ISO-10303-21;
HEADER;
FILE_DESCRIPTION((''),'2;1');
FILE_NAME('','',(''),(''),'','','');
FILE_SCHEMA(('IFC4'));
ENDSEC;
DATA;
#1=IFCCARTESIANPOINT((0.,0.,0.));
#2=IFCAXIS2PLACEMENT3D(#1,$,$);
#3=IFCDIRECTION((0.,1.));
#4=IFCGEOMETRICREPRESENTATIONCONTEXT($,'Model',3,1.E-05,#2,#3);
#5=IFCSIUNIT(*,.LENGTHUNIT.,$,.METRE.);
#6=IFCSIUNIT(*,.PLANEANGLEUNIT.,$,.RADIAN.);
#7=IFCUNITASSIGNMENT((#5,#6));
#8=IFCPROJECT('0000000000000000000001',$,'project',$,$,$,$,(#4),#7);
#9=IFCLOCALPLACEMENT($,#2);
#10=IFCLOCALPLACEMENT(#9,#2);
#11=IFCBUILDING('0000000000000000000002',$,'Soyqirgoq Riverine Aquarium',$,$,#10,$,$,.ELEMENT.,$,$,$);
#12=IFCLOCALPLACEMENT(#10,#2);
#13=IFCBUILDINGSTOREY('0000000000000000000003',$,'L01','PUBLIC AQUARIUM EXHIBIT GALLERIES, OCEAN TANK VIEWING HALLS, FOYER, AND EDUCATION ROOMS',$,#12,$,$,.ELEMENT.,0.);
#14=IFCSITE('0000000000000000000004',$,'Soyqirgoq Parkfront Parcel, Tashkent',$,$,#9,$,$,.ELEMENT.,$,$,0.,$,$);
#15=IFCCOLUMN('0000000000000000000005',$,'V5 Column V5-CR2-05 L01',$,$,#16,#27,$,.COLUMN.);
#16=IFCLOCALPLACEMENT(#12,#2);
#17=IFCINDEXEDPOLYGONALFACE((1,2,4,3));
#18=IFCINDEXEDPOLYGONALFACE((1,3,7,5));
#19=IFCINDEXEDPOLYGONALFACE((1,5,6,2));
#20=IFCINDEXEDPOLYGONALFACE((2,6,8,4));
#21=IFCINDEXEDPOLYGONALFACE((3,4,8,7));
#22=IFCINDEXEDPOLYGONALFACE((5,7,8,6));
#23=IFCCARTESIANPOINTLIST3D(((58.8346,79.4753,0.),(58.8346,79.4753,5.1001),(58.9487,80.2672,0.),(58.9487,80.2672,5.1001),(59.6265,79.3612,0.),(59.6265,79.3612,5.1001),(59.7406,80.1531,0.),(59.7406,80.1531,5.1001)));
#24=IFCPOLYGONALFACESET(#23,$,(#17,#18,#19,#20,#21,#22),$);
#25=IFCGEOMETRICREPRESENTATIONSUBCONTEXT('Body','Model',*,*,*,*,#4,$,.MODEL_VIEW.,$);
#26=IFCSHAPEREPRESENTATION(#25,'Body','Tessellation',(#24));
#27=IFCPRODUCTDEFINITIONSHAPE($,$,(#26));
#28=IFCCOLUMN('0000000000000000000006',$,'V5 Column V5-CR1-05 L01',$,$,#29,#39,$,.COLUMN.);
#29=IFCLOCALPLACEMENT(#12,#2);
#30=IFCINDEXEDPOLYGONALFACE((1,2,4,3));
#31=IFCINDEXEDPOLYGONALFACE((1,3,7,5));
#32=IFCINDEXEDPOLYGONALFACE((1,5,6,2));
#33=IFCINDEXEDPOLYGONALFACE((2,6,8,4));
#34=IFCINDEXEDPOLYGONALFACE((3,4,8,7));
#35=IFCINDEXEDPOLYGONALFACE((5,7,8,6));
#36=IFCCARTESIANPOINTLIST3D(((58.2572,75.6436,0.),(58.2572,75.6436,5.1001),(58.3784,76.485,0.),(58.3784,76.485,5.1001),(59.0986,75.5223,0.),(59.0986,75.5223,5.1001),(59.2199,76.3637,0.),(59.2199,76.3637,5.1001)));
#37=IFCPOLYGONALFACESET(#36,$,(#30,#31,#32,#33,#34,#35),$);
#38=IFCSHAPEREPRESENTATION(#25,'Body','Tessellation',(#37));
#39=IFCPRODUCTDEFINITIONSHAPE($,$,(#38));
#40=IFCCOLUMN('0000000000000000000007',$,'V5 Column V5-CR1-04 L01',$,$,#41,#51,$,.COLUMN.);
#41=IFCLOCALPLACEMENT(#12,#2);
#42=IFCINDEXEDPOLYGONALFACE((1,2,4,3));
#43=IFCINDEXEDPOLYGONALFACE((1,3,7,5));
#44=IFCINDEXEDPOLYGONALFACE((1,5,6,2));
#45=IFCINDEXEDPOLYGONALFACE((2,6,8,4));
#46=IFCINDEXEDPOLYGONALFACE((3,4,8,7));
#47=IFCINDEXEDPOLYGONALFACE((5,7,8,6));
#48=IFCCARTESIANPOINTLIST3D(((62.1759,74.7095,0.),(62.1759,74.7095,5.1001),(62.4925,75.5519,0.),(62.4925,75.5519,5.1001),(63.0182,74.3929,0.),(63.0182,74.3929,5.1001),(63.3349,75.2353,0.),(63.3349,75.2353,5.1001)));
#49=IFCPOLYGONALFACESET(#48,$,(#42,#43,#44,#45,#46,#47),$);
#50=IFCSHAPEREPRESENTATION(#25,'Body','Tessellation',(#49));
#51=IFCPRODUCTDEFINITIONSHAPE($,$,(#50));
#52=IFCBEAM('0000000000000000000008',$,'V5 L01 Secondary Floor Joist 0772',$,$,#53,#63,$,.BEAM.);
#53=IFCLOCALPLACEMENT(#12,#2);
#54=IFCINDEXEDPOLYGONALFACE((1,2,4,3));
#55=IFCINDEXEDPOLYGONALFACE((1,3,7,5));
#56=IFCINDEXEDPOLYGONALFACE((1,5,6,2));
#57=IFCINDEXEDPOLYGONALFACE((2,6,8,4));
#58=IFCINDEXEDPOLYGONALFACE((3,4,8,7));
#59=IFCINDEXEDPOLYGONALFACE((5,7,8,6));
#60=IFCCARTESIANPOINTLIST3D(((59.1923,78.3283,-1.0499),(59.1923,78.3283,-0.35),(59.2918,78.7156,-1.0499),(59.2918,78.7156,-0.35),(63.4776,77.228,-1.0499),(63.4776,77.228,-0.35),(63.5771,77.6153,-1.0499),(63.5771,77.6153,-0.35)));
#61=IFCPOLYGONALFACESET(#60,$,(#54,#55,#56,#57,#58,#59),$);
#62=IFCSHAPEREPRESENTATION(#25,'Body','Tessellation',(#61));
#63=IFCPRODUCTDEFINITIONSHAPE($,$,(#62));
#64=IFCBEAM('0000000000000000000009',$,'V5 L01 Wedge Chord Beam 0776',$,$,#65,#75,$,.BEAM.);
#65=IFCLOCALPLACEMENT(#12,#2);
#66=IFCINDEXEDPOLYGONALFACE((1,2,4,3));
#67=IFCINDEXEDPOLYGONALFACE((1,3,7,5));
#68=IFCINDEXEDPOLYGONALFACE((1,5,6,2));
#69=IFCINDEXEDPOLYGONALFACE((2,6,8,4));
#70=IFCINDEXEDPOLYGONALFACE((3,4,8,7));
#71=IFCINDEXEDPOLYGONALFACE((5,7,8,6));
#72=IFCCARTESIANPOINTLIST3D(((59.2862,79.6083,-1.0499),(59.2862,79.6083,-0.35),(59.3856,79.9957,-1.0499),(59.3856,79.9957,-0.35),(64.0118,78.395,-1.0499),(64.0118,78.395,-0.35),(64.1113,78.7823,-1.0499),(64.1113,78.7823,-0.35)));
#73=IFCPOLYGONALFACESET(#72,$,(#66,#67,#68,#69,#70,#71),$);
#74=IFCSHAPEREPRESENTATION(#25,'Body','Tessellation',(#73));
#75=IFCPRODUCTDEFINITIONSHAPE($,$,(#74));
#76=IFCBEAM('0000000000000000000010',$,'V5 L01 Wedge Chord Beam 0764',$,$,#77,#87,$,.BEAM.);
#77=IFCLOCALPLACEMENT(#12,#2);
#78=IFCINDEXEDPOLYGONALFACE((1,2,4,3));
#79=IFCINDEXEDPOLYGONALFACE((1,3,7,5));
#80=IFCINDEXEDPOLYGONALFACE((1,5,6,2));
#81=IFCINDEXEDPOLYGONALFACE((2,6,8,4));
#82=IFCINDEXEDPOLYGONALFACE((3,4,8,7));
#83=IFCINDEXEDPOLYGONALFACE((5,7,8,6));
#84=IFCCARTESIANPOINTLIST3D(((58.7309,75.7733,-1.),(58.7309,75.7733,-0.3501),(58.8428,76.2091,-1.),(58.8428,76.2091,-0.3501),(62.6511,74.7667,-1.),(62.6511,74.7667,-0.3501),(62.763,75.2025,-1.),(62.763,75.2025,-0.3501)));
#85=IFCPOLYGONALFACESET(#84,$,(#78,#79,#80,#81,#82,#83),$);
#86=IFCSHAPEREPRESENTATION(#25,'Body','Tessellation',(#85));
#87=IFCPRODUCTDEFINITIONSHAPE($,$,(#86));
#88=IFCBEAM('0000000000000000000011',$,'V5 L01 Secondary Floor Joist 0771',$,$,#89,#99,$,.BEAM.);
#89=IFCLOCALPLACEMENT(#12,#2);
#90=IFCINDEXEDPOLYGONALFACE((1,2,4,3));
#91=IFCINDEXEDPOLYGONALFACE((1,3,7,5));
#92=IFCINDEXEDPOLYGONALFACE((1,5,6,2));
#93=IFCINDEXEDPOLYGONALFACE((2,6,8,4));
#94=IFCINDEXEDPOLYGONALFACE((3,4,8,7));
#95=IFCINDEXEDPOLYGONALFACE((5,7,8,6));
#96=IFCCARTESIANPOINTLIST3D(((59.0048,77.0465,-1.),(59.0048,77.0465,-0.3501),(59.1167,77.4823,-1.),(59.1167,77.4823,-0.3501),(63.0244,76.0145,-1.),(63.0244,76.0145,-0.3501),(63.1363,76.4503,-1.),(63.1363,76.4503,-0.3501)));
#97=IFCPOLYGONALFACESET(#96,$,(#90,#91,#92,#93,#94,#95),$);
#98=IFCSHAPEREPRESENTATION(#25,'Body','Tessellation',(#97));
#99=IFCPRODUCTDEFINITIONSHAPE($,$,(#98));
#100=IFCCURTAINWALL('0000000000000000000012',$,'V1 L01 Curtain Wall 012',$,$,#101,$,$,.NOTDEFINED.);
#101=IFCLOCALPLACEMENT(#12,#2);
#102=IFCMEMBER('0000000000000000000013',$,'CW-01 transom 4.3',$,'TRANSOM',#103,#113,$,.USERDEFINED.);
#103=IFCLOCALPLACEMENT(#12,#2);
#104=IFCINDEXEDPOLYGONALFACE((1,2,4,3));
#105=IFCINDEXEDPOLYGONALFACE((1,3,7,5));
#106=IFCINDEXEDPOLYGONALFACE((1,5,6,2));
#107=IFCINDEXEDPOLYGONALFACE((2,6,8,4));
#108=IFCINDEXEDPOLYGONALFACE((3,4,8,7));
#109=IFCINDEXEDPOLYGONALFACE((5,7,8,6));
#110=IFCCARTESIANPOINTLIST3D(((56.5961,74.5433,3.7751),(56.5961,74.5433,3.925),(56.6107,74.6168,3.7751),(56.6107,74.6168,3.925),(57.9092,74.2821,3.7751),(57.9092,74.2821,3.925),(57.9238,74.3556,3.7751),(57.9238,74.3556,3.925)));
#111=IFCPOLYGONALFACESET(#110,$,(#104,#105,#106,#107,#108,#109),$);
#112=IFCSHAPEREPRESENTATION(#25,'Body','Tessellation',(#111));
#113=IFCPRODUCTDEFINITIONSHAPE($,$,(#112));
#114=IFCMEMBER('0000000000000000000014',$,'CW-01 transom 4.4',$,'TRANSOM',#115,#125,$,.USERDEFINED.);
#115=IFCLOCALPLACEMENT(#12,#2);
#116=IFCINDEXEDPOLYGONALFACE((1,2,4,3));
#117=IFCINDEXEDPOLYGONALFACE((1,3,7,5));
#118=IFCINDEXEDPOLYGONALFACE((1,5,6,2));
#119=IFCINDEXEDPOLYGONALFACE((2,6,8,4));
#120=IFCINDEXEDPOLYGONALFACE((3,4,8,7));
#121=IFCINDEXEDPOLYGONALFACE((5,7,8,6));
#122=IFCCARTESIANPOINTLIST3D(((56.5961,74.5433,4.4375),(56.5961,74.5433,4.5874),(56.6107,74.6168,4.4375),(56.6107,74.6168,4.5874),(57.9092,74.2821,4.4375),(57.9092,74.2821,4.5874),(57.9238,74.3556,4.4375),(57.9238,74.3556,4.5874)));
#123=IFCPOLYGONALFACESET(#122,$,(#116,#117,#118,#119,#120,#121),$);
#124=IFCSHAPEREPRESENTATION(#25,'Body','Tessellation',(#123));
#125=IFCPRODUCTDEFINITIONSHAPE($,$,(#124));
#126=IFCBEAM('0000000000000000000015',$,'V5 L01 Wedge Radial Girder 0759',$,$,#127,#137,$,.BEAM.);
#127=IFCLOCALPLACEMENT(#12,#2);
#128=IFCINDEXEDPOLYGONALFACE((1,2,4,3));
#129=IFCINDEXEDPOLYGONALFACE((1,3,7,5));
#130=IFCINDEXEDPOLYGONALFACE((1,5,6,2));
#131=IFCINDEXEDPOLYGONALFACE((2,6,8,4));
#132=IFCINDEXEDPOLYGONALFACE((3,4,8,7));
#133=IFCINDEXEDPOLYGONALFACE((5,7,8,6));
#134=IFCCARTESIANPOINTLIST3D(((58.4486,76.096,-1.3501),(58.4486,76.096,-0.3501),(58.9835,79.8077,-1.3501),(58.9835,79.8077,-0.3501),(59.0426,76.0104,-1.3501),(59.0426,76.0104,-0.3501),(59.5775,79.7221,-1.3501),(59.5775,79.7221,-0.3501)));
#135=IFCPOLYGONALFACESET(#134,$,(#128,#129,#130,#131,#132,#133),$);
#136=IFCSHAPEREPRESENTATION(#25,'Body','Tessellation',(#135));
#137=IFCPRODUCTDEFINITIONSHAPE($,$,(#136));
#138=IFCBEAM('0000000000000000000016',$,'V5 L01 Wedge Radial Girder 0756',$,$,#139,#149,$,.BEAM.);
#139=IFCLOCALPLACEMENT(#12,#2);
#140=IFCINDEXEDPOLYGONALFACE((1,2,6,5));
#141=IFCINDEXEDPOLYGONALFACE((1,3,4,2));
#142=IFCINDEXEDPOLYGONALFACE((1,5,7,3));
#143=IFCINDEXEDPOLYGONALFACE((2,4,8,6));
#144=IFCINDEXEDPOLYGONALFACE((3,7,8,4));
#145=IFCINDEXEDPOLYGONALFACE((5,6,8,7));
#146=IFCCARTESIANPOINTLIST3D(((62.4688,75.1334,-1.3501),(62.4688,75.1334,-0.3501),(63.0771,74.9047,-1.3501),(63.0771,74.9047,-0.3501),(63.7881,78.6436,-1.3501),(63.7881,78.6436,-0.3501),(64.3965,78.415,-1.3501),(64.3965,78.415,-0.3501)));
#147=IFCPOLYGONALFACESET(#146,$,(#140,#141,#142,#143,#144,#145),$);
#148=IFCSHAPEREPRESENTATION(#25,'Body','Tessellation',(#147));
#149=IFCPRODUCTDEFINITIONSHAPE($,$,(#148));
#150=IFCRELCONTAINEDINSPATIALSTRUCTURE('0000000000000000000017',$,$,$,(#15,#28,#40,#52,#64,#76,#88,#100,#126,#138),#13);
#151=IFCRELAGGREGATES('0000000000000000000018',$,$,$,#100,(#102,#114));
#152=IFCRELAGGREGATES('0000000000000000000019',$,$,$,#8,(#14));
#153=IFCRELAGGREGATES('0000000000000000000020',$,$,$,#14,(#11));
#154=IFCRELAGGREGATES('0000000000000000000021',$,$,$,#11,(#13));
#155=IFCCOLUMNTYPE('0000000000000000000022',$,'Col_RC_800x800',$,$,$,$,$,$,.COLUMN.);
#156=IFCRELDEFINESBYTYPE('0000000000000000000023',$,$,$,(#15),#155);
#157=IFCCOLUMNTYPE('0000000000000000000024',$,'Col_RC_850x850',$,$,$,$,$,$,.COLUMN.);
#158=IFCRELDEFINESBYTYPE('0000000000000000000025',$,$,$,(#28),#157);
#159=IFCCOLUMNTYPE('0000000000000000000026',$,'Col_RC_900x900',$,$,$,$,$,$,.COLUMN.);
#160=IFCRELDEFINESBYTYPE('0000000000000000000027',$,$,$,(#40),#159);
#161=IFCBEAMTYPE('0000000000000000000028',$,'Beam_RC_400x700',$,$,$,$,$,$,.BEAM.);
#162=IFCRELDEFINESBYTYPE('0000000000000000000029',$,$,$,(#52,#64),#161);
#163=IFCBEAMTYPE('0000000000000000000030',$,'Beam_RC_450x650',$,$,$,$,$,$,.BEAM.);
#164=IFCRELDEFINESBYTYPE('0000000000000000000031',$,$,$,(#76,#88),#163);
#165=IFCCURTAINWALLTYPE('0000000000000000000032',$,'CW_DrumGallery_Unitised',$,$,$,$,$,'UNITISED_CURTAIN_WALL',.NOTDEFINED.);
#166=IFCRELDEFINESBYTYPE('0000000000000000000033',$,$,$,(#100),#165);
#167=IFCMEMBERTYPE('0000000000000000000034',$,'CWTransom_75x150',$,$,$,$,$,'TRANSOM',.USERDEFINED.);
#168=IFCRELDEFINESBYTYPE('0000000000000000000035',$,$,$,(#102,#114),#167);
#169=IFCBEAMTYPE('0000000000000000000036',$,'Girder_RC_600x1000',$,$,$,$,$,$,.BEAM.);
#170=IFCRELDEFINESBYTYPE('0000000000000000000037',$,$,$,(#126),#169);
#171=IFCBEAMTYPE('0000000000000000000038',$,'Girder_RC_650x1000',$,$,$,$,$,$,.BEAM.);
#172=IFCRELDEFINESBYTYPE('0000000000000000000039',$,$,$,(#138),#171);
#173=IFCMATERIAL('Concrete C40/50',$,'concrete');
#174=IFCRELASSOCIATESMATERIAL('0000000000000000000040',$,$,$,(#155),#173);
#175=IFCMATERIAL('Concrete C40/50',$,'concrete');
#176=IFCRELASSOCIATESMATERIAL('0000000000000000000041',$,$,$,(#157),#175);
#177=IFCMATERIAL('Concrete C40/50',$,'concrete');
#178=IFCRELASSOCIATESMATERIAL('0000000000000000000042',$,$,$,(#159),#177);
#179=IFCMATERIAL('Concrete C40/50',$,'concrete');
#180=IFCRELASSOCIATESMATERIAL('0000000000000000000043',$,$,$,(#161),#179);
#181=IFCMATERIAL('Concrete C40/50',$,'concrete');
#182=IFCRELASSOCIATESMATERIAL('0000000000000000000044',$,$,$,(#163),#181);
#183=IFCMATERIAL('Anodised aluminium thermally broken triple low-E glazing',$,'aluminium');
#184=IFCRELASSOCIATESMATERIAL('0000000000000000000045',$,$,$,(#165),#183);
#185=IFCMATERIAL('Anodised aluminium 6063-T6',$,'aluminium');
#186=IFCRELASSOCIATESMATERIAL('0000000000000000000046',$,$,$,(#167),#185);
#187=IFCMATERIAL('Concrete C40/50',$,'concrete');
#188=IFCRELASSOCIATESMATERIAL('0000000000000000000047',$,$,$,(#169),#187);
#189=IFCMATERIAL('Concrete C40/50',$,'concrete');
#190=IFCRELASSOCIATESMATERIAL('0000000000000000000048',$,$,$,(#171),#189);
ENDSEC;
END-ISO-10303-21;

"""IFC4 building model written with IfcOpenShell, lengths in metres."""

from ifc_helpers import new_model, si_unit, direction, frame, origin, origin_2d, place, context, subcontext, project, spatial, rectangle, extrude, material, material_profile, profile_set, type_object, element, aggregate, save


model = new_model("IFC4")

# Units and contexts
model_context = context("Model", 3, precision=1e-05, world=origin(), true_north=direction((0.0, 1.0)))
body_context = subcontext(model_context, "Body", "Model", "MODEL_VIEW")
ifc_project = project(units=[si_unit("LENGTHUNIT", "METRE"), si_unit("PLANEANGLEUNIT", "RADIAN")], contexts=[model_context])

# Site, building, storey
site_placement = place(None, origin())
site = spatial("IfcSite", under=ifc_project, at=site_placement, Name="Soyqirgoq Parkfront Parcel, Tashkent", CompositionType="ELEMENT", RefElevation=0.0)
building_placement = place(site_placement, origin())
building = spatial("IfcBuilding", under=site, at=building_placement, Name="Soyqirgoq Riverine Aquarium", CompositionType="ELEMENT")
storey_placement = place(building_placement, origin())
storey = spatial("IfcBuildingStorey", under=building, at=storey_placement, Name="L01", Description="PUBLIC AQUARIUM EXHIBIT GALLERIES, OCEAN TANK VIEWING HALLS, FOYER, AND EDUCATION ROOMS", CompositionType="ELEMENT", Elevation=0.0)

# Columns
ifc_material_1 = material(Name="Concrete C40/50", Category="concrete")
ifc_material_profile_1 = material_profile(ifc_material_1, rectangle(XDim=0.8, YDim=0.8, at=origin_2d()), Name="RC 800x800")
ifc_profile_set_1 = profile_set([ifc_material_profile_1], Name="Concrete C40/50")
column_type_1 = type_object("IfcColumnType", Name="Col_RC_800x800", PredefinedType="COLUMN", material=ifc_profile_set_1)
column_1_placement = place(storey_placement, frame((59.2876, 79.8142, 0.0), z_axis=(0.0, 0.0, 1.0), x_axis=(0.142629, 0.989776, 0.0)))
element("IfcColumn", 1, at=column_1_placement, inside=storey, type_object=column_type_1, Name="V5 Column V5-CR2-05 L01", PredefinedType="COLUMN", context=body_context, shape_type="SweptSolid", body=[
    extrude(rectangle(XDim=0.8, YDim=0.8, at=origin_2d()), origin(), (0.0, 0.0, 1.0), 5.1001),
])
ifc_material_2 = material(Name="Concrete C40/50", Category="concrete")
ifc_material_profile_2 = material_profile(ifc_material_2, rectangle(XDim=0.8501, YDim=0.8501, at=origin_2d()), Name="RC 850x850")
ifc_profile_set_2 = profile_set([ifc_material_profile_2], Name="Concrete C40/50")
column_type_2 = type_object("IfcColumnType", Name="Col_RC_850x850", PredefinedType="COLUMN", material=ifc_profile_set_2)
column_2_placement = place(storey_placement, frame((58.7385, 76.0037, 0.0), z_axis=(0.0, 0.0, 1.0), x_axis=(0.142629, 0.989776, 0.0)))
element("IfcColumn", 2, at=column_2_placement, inside=storey, type_object=column_type_2, Name="V5 Column V5-CR1-05 L01", PredefinedType="COLUMN", context=body_context, shape_type="SweptSolid", body=[
    extrude(rectangle(XDim=0.8501, YDim=0.8501, at=origin_2d()), origin(), (0.0, 0.0, 1.0), 5.1001),
])
ifc_material_3 = material(Name="Concrete C40/50", Category="concrete")
ifc_material_profile_3 = material_profile(ifc_material_3, rectangle(XDim=0.8999, YDim=0.8999, at=origin_2d()), Name="RC 900x900")
ifc_profile_set_3 = profile_set([ifc_material_profile_3], Name="Concrete C40/50")
column_type_3 = type_object("IfcColumnType", Name="Col_RC_900x900", PredefinedType="COLUMN", material=ifc_profile_set_3)
column_3_placement = place(storey_placement, frame((62.7554, 74.9724, 0.0), z_axis=(0.0, 0.0, 1.0), x_axis=(0.351842, 0.93606, 0.0)))
element("IfcColumn", 3, at=column_3_placement, inside=storey, type_object=column_type_3, Name="V5 Column V5-CR1-04 L01", PredefinedType="COLUMN", context=body_context, shape_type="SweptSolid", body=[
    extrude(rectangle(XDim=0.8999, YDim=0.8999, at=origin_2d()), origin(), (0.0, 0.0, 1.0), 5.1001),
])

# Beams
ifc_material_4 = material(Name="Concrete C40/50", Category="concrete")
ifc_material_profile_4 = material_profile(ifc_material_4, rectangle(XDim=0.3999, YDim=0.7, at=origin_2d()), Name="RC 400x700")
ifc_profile_set_4 = profile_set([ifc_material_profile_4], Name="Concrete C40/50")
beam_type_1 = type_object("IfcBeamType", Name="Beam_RC_400x700", PredefinedType="BEAM", material=ifc_profile_set_4)
beam_1_placement = place(storey_placement, frame((63.5273, 77.4216, -0.7), z_axis=(-0.968581, 0.248698, 0.0), x_axis=(-0.248698, -0.968581, 0.0)))
element("IfcBeam", 4, at=beam_1_placement, inside=storey, type_object=beam_type_1, Name="V5 L01 Secondary Floor Joist 0772", PredefinedType="BEAM", context=body_context, shape_type="SweptSolid", body=[
    extrude(rectangle(XDim=0.3999, YDim=0.7, at=origin_2d()), origin(), (0.0, 0.0, 1.0), 4.4243),
])
beam_2_placement = place(storey_placement, frame((64.0615, 78.5886, -0.7), z_axis=(-0.96858, 0.2487, 0.0), x_axis=(-0.2487, -0.96858, 0.0)))
element("IfcBeam", 5, at=beam_2_placement, inside=storey, type_object=beam_type_1, Name="V5 L01 Wedge Chord Beam 0776", PredefinedType="BEAM", context=body_context, shape_type="SweptSolid", body=[
    extrude(rectangle(XDim=0.3999, YDim=0.7, at=origin_2d()), origin(), (0.0, 0.0, 1.0), 4.8789),
])
ifc_material_5 = material(Name="Concrete C40/50", Category="concrete")
ifc_material_profile_5 = material_profile(ifc_material_5, rectangle(XDim=0.45, YDim=0.6499, at=origin_2d()), Name="RC 450x650")
ifc_profile_set_5 = profile_set([ifc_material_profile_5], Name="Concrete C40/50")
beam_type_2 = type_object("IfcBeamType", Name="Beam_RC_450x650", PredefinedType="BEAM", material=ifc_profile_set_5)
beam_3_placement = place(storey_placement, frame((62.707, 74.9846, -0.675), z_axis=(-0.968579, 0.248705, 0.0), x_axis=(-0.248705, -0.968579, 0.0)))
element("IfcBeam", 6, at=beam_3_placement, inside=storey, type_object=beam_type_2, Name="V5 L01 Wedge Chord Beam 0764", PredefinedType="BEAM", context=body_context, shape_type="SweptSolid", body=[
    extrude(rectangle(XDim=0.45, YDim=0.6499, at=origin_2d()), origin(), (0.0, 0.0, 1.0), 4.0474),
])
beam_4_placement = place(storey_placement, frame((63.0803, 76.2324, -0.675), z_axis=(-0.968587, 0.248677, 0.0), x_axis=(-0.248677, -0.968587, 0.0)))
element("IfcBeam", 7, at=beam_4_placement, inside=storey, type_object=beam_type_2, Name="V5 L01 Secondary Floor Joist 0771", PredefinedType="BEAM", context=body_context, shape_type="SweptSolid", body=[
    extrude(rectangle(XDim=0.45, YDim=0.6499, at=origin_2d()), origin(), (0.0, 0.0, 1.0), 4.1499),
])

# Curtain wall, members
ifc_material_6 = material(Name="Anodised aluminium thermally broken triple low-E glazing", Category="aluminium")
curtain_wall_type = type_object("IfcCurtainWallType", Name="CW_DrumGallery_Unitised", ElementType="UNITISED_CURTAIN_WALL", PredefinedType="NOTDEFINED", material=ifc_material_6)
curtain_wall_placement = place(storey_placement, origin())
curtain_wall = element("IfcCurtainWall", 8, at=curtain_wall_placement, inside=storey, type_object=curtain_wall_type, Name="V1 L01 Curtain Wall 012", PredefinedType="NOTDEFINED")
ifc_material_7 = material(Name="Anodised aluminium 6063-T6", Category="aluminium")
ifc_material_profile_6 = material_profile(ifc_material_7, rectangle(XDim=0.075, YDim=0.1499, at=origin_2d()), Name="ALU-T 75x150")
ifc_profile_set_6 = profile_set([ifc_material_profile_6], Name="Anodised aluminium 6063-T6")
member_type = type_object("IfcMemberType", Name="CWTransom_75x150", ElementType="TRANSOM", PredefinedType="USERDEFINED", material=ifc_profile_set_6)
member_1_placement = place(storey_placement, frame((57.9165, 74.3188, 3.8501), z_axis=(-0.980784, 0.195099, 0.0), x_axis=(-0.195099, -0.980784, 0.0)))
member_1 = element("IfcMember", 9, at=member_1_placement, type_object=member_type, Name="CW-01 transom 4.3", ObjectType="TRANSOM", PredefinedType="USERDEFINED", context=body_context, shape_type="SweptSolid", body=[
    extrude(rectangle(XDim=0.075, YDim=0.1499, at=origin_2d()), origin(), (0.0, 0.0, 1.0), 1.3389),
])
member_2_placement = place(storey_placement, frame((57.9165, 74.3188, 4.5125), z_axis=(-0.980784, 0.195099, 0.0), x_axis=(-0.195099, -0.980784, 0.0)))
member_2 = element("IfcMember", 10, at=member_2_placement, type_object=member_type, Name="CW-01 transom 4.4", ObjectType="TRANSOM", PredefinedType="USERDEFINED", context=body_context, shape_type="SweptSolid", body=[
    extrude(rectangle(XDim=0.075, YDim=0.1499, at=origin_2d()), origin(), (0.0, 0.0, 1.0), 1.3389),
])
aggregate(curtain_wall, [member_1, member_2])

# Beams
ifc_material_8 = material(Name="Concrete C40/50", Category="concrete")
ifc_material_profile_7 = material_profile(ifc_material_8, rectangle(XDim=0.6001, YDim=1.0, at=origin_2d()), Name="RC 600x1000")
ifc_profile_set_7 = profile_set([ifc_material_profile_7], Name="Concrete C40/50")
beam_type_3 = type_object("IfcBeamType", Name="Girder_RC_600x1000", PredefinedType="BEAM", material=ifc_profile_set_7)
beam_5_placement = place(storey_placement, frame((58.7456, 76.0532, -0.8501), z_axis=(0.142643, 0.989774, 0.0), x_axis=(-0.989774, 0.142643, 0.0)))
element("IfcBeam", 11, at=beam_5_placement, inside=storey, type_object=beam_type_3, Name="V5 L01 Wedge Radial Girder 0759", PredefinedType="BEAM", context=body_context, shape_type="SweptSolid", body=[
    extrude(rectangle(XDim=0.6001, YDim=1.0, at=origin_2d()), origin(), (0.0, 0.0, 1.0), 3.75),
])
ifc_material_9 = material(Name="Concrete C40/50", Category="concrete")
ifc_material_profile_8 = material_profile(ifc_material_9, rectangle(XDim=0.6499, YDim=1.0, at=origin_2d()), Name="RC 650x1000")
ifc_profile_set_8 = profile_set([ifc_material_profile_8], Name="Concrete C40/50")
beam_type_4 = type_object("IfcBeamType", Name="Girder_RC_650x1000", PredefinedType="BEAM", material=ifc_profile_set_8)
beam_6_placement = place(storey_placement, frame((62.7729, 75.019, -0.8501), z_axis=(0.351823, 0.936067, 0.0), x_axis=(-0.936067, 0.351823, 0.0)))
element("IfcBeam", 12, at=beam_6_placement, inside=storey, type_object=beam_type_4, Name="V5 L01 Wedge Radial Girder 0756", PredefinedType="BEAM", context=body_context, shape_type="SweptSolid", body=[
    extrude(rectangle(XDim=0.6499, YDim=1.0, at=origin_2d()), origin(), (0.0, 0.0, 1.0), 3.75),
])

save(model, "model.ifc")
